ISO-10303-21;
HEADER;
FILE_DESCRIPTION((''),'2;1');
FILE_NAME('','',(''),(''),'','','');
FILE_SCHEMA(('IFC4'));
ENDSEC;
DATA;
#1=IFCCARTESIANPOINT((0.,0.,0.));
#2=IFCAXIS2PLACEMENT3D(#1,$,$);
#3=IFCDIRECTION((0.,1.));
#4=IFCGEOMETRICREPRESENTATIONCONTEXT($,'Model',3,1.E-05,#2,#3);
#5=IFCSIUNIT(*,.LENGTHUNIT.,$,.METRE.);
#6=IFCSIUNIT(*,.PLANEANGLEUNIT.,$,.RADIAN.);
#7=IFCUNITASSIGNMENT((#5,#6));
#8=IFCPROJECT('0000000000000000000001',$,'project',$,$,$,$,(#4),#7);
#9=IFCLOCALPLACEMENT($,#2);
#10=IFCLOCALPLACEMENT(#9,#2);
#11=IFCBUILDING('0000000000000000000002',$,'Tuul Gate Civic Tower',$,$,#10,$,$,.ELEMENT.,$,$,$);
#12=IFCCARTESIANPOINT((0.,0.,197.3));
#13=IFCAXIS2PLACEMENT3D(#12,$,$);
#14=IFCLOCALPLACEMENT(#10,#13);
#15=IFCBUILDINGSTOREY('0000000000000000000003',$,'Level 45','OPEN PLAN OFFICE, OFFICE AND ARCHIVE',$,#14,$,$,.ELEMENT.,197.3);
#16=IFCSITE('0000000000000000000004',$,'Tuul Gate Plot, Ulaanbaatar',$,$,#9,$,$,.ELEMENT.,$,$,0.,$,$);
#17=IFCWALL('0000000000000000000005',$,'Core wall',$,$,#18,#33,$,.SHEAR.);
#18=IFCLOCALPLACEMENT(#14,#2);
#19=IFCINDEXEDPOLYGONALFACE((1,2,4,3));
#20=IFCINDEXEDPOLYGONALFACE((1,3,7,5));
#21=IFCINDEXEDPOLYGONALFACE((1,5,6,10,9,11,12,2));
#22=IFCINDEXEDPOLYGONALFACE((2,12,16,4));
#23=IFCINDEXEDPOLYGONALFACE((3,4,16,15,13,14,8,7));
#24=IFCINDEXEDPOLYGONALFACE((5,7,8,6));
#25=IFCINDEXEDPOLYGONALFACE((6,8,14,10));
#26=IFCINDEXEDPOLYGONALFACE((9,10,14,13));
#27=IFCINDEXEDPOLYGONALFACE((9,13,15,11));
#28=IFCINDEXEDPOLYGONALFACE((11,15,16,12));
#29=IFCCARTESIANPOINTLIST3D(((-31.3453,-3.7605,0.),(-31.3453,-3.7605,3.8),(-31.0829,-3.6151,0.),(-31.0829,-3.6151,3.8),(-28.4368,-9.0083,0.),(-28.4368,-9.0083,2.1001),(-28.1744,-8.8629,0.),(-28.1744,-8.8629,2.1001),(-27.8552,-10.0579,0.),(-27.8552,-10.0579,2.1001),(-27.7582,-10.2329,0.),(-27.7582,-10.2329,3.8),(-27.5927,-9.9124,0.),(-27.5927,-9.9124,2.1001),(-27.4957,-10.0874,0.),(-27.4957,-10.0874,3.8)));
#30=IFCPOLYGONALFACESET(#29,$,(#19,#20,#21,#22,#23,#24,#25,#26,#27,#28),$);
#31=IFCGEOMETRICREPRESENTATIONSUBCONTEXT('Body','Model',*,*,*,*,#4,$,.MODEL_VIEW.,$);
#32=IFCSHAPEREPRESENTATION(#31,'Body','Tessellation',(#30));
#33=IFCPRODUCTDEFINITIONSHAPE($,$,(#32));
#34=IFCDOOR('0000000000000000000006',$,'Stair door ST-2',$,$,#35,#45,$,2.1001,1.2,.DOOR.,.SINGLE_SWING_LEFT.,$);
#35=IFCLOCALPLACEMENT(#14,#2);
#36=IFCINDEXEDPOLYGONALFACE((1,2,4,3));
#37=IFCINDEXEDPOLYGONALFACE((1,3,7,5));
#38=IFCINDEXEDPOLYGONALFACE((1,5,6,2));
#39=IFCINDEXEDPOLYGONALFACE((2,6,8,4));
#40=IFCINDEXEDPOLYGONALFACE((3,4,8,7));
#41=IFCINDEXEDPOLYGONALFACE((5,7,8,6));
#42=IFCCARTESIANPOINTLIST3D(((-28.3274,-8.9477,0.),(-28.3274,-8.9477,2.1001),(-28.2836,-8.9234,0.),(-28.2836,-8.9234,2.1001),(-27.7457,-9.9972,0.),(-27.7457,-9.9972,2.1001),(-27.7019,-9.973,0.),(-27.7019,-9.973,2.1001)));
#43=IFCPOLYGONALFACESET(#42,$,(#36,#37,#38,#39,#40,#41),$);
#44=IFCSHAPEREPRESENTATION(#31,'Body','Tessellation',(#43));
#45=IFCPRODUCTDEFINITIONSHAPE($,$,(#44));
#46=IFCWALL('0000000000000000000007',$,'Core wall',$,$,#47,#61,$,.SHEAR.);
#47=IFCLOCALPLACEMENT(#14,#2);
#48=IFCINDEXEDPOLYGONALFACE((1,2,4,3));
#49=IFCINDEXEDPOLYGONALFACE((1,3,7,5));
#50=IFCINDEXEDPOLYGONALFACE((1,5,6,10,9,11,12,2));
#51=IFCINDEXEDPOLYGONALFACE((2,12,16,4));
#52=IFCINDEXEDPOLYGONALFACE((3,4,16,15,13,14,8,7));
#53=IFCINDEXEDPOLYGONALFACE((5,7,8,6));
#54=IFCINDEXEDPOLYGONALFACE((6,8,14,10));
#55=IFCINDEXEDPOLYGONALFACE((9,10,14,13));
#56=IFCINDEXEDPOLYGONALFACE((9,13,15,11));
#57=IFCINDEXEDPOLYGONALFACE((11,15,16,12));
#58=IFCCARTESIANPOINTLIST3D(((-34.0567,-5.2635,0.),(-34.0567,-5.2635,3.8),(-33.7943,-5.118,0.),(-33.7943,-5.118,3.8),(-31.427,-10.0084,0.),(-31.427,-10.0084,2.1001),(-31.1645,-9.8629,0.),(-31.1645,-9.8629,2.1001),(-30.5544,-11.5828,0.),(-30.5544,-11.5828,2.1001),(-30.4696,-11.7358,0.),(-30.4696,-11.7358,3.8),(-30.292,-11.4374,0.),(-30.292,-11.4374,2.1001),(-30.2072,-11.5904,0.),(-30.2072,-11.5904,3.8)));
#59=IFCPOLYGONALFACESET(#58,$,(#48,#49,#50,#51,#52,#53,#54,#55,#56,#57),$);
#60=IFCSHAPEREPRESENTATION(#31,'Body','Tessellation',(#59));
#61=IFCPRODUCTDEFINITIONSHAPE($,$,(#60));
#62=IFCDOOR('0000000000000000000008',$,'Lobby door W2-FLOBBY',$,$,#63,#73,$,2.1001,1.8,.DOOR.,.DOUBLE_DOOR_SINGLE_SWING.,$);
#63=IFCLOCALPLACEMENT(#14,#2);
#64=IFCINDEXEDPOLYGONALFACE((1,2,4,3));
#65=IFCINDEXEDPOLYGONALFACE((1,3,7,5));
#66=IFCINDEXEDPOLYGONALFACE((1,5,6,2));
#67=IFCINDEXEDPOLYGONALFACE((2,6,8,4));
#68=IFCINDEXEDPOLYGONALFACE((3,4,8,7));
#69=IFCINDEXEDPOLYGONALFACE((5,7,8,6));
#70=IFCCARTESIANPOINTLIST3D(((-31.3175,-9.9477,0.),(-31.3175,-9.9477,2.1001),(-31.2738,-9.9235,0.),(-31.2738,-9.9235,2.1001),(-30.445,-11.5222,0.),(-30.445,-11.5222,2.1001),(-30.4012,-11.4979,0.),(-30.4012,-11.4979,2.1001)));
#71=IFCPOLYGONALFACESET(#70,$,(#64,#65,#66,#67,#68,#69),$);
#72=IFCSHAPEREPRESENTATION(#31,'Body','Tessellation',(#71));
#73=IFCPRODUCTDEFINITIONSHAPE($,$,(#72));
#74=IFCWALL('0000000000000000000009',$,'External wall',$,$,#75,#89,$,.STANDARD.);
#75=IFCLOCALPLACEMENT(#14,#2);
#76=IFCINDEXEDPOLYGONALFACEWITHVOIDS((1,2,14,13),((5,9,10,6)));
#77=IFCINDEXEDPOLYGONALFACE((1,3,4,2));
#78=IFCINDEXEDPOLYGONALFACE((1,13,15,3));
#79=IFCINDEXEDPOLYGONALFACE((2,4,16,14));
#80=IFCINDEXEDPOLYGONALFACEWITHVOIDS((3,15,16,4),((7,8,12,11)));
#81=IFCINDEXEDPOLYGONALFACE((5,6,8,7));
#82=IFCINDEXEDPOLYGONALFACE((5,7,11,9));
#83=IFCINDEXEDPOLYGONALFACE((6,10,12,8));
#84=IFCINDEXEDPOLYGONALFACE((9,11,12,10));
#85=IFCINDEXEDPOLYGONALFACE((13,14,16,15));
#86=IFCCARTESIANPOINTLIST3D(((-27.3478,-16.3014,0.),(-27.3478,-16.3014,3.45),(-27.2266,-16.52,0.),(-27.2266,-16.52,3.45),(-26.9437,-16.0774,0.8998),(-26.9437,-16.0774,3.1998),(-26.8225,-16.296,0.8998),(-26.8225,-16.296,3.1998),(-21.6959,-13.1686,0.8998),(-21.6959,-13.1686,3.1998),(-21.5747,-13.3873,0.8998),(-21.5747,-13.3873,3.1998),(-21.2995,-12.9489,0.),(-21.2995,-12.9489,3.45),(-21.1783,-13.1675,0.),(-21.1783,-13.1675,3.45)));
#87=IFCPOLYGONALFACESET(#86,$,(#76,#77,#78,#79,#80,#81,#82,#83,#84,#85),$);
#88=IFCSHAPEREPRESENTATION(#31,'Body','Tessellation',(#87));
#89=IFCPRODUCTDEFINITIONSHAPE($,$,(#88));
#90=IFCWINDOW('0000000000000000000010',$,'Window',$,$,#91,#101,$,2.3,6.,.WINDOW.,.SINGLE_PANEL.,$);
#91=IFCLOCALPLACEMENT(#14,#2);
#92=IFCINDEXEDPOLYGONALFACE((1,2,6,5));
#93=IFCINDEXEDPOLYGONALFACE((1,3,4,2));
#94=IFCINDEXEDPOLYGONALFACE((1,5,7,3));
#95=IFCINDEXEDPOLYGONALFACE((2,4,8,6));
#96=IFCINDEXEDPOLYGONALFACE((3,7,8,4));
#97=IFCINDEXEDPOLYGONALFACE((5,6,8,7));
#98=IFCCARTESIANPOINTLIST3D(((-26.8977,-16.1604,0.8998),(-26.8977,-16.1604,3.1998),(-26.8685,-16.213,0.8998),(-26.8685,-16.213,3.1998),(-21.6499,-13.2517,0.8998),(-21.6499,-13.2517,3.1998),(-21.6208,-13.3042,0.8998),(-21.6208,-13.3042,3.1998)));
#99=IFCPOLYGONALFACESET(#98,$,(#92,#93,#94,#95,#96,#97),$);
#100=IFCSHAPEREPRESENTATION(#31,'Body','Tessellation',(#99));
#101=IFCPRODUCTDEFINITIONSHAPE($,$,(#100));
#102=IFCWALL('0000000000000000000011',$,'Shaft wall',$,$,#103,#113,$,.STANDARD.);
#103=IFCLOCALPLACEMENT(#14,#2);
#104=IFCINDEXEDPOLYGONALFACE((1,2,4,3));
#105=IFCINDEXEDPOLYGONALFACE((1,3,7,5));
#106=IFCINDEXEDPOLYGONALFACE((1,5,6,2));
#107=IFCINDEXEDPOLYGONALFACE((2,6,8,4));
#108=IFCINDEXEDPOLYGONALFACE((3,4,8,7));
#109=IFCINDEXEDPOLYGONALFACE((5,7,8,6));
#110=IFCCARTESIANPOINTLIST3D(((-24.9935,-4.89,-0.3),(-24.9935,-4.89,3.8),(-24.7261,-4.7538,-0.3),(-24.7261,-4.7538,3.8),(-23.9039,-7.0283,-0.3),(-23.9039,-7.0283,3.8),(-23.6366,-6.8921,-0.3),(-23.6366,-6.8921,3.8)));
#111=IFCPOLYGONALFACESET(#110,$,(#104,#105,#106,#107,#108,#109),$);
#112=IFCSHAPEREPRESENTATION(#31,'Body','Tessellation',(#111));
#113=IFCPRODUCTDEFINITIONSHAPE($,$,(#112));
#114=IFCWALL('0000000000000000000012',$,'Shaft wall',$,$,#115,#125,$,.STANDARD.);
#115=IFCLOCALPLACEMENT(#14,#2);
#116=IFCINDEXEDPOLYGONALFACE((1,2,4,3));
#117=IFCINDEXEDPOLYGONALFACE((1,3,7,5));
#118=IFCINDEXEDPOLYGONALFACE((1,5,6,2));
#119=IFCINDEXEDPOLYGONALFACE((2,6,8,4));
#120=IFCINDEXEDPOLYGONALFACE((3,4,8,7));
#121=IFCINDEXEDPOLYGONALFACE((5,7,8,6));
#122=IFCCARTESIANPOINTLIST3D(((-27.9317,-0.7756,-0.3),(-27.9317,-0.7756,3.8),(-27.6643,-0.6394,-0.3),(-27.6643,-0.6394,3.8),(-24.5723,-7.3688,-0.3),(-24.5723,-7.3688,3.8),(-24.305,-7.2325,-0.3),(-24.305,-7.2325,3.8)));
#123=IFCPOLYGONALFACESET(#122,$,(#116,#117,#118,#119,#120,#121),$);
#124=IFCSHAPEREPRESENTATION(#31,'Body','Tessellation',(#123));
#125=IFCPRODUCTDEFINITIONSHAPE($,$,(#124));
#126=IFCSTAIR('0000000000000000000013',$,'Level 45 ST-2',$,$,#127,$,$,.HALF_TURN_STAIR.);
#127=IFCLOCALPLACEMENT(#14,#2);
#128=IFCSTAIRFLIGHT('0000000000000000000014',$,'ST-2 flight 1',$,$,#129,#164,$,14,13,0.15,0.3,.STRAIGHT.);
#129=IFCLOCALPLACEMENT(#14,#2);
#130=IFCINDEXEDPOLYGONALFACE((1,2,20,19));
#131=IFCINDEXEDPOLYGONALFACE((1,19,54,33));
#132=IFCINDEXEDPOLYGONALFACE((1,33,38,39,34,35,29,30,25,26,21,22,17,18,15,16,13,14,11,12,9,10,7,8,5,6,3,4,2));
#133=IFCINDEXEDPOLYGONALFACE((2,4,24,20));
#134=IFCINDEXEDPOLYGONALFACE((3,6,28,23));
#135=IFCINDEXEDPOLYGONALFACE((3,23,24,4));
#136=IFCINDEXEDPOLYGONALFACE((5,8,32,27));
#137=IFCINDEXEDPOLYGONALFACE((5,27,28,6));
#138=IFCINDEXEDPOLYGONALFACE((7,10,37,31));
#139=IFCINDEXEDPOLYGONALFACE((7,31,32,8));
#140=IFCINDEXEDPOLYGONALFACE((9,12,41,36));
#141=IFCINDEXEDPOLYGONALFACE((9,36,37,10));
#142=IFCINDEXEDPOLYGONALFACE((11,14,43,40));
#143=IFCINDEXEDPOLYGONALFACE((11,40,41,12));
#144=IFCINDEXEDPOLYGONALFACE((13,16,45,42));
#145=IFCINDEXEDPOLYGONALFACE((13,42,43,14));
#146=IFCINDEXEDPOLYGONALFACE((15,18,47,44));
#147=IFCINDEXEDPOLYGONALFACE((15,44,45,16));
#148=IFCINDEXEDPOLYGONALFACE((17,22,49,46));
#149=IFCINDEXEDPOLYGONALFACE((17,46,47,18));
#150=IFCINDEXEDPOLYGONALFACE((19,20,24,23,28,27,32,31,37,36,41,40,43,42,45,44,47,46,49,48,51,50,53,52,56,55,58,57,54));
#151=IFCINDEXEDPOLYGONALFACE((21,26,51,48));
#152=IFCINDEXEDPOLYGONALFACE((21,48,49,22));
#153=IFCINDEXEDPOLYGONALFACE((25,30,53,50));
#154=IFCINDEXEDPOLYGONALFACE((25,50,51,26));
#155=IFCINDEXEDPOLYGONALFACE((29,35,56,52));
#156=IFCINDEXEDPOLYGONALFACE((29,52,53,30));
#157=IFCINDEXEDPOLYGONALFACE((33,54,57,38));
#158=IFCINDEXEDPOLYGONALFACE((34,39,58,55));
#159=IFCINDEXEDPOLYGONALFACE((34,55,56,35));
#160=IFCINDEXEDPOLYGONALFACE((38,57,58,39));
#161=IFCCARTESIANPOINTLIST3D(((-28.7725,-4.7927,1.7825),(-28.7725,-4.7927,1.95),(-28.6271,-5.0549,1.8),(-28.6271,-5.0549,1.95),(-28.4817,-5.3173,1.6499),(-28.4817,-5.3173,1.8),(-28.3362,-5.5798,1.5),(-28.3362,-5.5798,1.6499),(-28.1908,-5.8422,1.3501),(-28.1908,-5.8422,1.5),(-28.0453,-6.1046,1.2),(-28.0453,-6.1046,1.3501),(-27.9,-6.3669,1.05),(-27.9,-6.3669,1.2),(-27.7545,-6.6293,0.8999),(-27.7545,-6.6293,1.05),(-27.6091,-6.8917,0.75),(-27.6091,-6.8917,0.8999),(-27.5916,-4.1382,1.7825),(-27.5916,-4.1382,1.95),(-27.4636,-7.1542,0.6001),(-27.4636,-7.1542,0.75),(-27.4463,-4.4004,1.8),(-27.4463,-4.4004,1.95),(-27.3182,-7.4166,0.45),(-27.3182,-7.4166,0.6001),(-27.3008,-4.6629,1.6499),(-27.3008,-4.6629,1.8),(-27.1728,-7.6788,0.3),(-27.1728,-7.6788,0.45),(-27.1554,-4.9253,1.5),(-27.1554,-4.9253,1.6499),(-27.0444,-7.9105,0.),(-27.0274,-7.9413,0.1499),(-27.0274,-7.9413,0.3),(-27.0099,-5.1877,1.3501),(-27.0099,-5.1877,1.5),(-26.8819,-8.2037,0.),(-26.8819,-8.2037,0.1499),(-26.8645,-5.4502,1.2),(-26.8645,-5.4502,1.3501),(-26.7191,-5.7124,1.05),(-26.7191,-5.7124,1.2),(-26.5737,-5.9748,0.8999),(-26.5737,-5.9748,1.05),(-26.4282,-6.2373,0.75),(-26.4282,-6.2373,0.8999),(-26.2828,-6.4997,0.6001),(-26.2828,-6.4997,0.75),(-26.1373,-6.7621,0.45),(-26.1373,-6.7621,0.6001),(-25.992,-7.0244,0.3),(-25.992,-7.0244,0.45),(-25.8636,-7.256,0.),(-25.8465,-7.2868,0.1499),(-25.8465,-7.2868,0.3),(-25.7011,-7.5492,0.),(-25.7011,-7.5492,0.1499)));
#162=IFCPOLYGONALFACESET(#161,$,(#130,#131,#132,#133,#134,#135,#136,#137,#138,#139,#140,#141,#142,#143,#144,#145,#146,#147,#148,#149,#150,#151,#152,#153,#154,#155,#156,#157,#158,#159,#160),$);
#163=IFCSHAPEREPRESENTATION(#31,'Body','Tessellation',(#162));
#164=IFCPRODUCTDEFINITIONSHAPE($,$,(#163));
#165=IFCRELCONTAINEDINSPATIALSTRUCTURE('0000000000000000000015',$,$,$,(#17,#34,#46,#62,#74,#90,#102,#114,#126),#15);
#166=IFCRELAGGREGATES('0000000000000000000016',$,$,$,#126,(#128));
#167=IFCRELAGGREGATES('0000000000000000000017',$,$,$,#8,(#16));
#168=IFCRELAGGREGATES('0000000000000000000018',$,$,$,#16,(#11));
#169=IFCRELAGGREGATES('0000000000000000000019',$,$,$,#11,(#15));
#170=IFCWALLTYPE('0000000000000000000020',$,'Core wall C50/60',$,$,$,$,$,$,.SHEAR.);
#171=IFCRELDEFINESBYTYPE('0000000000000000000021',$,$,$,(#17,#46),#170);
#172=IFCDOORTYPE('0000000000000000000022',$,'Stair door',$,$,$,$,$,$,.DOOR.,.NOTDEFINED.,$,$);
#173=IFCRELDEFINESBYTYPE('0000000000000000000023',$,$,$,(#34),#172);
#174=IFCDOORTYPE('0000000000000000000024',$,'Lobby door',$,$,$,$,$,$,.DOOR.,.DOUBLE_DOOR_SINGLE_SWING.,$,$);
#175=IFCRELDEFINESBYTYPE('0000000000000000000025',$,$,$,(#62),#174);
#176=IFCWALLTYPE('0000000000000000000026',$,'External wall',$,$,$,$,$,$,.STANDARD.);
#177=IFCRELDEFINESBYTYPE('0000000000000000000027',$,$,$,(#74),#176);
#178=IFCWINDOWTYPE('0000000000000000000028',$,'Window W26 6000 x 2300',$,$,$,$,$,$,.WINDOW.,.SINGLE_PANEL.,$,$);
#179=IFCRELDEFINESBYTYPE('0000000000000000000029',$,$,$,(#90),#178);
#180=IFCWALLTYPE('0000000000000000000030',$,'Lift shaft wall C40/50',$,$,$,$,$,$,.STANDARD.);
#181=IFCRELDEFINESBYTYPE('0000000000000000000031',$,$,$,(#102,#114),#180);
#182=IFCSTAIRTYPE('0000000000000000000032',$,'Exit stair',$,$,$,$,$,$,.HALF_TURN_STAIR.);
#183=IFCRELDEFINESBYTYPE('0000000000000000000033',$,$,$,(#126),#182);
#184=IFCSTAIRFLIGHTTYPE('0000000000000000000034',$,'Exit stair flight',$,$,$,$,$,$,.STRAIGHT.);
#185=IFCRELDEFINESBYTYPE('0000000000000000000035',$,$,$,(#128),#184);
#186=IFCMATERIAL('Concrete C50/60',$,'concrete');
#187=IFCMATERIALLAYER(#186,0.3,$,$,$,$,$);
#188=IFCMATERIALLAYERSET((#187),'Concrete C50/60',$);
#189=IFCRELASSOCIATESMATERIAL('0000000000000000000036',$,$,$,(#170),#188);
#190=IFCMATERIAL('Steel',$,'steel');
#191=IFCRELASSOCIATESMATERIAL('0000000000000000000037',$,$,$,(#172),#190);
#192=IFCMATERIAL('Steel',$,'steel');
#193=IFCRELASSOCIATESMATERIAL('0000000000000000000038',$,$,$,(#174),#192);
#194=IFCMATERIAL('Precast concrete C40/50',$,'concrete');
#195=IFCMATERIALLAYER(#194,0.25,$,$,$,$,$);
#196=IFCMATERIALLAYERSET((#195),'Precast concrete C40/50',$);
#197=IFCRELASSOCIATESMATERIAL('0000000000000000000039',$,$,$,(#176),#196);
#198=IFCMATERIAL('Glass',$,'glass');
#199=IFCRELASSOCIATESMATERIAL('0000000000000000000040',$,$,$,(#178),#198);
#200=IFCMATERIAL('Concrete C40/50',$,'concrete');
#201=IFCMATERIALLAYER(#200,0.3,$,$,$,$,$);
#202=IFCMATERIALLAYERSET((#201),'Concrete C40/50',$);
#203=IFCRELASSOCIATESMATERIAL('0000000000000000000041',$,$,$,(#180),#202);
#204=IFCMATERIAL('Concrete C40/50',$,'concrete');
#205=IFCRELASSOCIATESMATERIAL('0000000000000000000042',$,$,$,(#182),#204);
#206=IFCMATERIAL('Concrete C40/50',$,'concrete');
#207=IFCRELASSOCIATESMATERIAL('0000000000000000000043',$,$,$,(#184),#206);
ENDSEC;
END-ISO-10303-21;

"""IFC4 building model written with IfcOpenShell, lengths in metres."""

from ifc_helpers import new_model, si_unit, direction, frame, frame_2d, origin, place, context, subcontext, project, spatial, polyline, rectangle, outline, extrude, material, layer, layer_set, type_object, element, fill, aggregate, save


model = new_model("IFC4")

# Units and contexts
model_context = context("Model", 3, precision=1e-05, world=origin(), true_north=direction((0.0, 1.0)))
body_context = subcontext(model_context, "Body", "Model", "MODEL_VIEW")
ifc_project = project(units=[si_unit("LENGTHUNIT", "METRE"), si_unit("PLANEANGLEUNIT", "RADIAN")], contexts=[model_context])

# Site, building, storey
site_placement = place(None, origin())
site = spatial("IfcSite", under=ifc_project, at=site_placement, Name="Tuul Gate Plot, Ulaanbaatar", CompositionType="ELEMENT", RefElevation=0.0)
building_placement = place(site_placement, origin())
building = spatial("IfcBuilding", under=site, at=building_placement, Name="Tuul Gate Civic Tower", CompositionType="ELEMENT")
storey_placement = place(building_placement, frame((0.0, 0.0, 197.3)))
storey = spatial("IfcBuildingStorey", under=building, at=storey_placement, Name="Level 45", Description="OPEN PLAN OFFICE, OFFICE AND ARCHIVE", CompositionType="ELEMENT", Elevation=197.3)

# Shared definitions
ifc_material_1 = material(Name="Concrete C50/60", Category="concrete")
ifc_layer_1 = layer(ifc_material_1, 0.3)
ifc_layer_set_1 = layer_set([ifc_layer_1], Name="Concrete C50/60")
wall_type_1 = type_object("IfcWallType", Name="Core wall C50/60", PredefinedType="SHEAR", material=ifc_layer_set_1)

# Walls, openings, doors
wall_1_placement = place(storey_placement, frame((-27.627, -10.1602, 0.0), z_axis=(0.0, 0.0, 1.0), x_axis=(-0.484752, 0.874652, 0.0)))
wall_1 = element("IfcWall", 1, at=wall_1_placement, inside=storey, type_object=wall_type_1, Name="Core wall", PredefinedType="SHEAR", context=body_context, shape_type="SweptSolid", body=[
    extrude(rectangle(XDim=7.3999, YDim=0.3, at=frame_2d((3.7, 0.0))), origin(), (0.0, 0.0, 1.0), 3.8),
])
opening_1_placement = place(wall_1_placement, frame((0.2, 0.0, 0.0)))
opening_1 = element("IfcOpeningElement", 2, at=opening_1_placement, cuts=wall_1, PredefinedType="OPENING", context=body_context, shape_type="SweptSolid", body=[
    extrude(rectangle(XDim=1.2, YDim=2.1001, at=frame_2d((0.6001, 1.05))), frame((0.0, 0.1602, 0.0), z_axis=(0.0, -1.0, 0.0), x_axis=(1.0, 0.0, 0.0)), (0.0, 0.0, 1.0), 0.3201),
])
ifc_material_2 = material(Name="Steel", Category="steel")
door_type_1 = type_object("IfcDoorType", Name="Stair door", OperationType="NOTDEFINED", PredefinedType="DOOR", material=ifc_material_2)
door_1_placement = place(opening_1_placement, origin())
door_1 = element("IfcDoor", 3, at=door_1_placement, inside=storey, type_object=door_type_1, Name="Stair door ST-2", OperationType="SINGLE_SWING_LEFT", OverallHeight=2.1001, OverallWidth=1.2, PredefinedType="DOOR", context=body_context, shape_type="SweptSolid", body=[
    extrude(rectangle(XDim=1.2, YDim=2.1001, at=frame_2d((0.6001, 1.05))), frame((0.0, 0.0249, 0.0), z_axis=(0.0, -1.0, 0.0), x_axis=(1.0, 0.0, 0.0)), (0.0, 0.0, 1.0), 0.05),
])
fill(opening_1, door_1)
wall_2_placement = place(storey_placement, frame((-30.3384, -11.6631, 0.0), z_axis=(0.0, 0.0, 1.0), x_axis=(-0.484752, 0.874652, 0.0)))
wall_2 = element("IfcWall", 4, at=wall_2_placement, inside=storey, type_object=wall_type_1, Name="Core wall", PredefinedType="SHEAR", context=body_context, shape_type="SweptSolid", body=[
    extrude(rectangle(XDim=7.3999, YDim=0.3, at=frame_2d((3.7, 0.0))), origin(), (0.0, 0.0, 1.0), 3.8),
])
opening_2_placement = place(wall_2_placement, frame((0.175, 0.0, 0.0)))
opening_2 = element("IfcOpeningElement", 5, at=opening_2_placement, cuts=wall_2, PredefinedType="OPENING", context=body_context, shape_type="SweptSolid", body=[
    extrude(rectangle(XDim=1.8, YDim=2.1001, at=frame_2d((0.8999, 1.05))), frame((0.0, 0.1602, 0.0), z_axis=(0.0, -1.0, 0.0), x_axis=(1.0, 0.0, 0.0)), (0.0, 0.0, 1.0), 0.3201),
])
ifc_material_3 = material(Name="Steel", Category="steel")
door_type_2 = type_object("IfcDoorType", Name="Lobby door", OperationType="DOUBLE_DOOR_SINGLE_SWING", PredefinedType="DOOR", material=ifc_material_3)
door_2_placement = place(opening_2_placement, origin())
door_2 = element("IfcDoor", 6, at=door_2_placement, inside=storey, type_object=door_type_2, Name="Lobby door W2-FLOBBY", OperationType="DOUBLE_DOOR_SINGLE_SWING", OverallHeight=2.1001, OverallWidth=1.8, PredefinedType="DOOR", context=body_context, shape_type="SweptSolid", body=[
    extrude(rectangle(XDim=1.8, YDim=2.1001, at=frame_2d((0.8999, 1.05))), frame((0.0, 0.0249, 0.0), z_axis=(0.0, -1.0, 0.0), x_axis=(1.0, 0.0, 0.0)), (0.0, 0.0, 1.0), 0.05),
])
fill(opening_2, door_2)

# Wall, opening, window
ifc_material_4 = material(Name="Precast concrete C40/50", Category="concrete")
ifc_layer_2 = layer(ifc_material_4, 0.25)
ifc_layer_set_2 = layer_set([ifc_layer_2], Name="Precast concrete C40/50")
wall_type_2 = type_object("IfcWallType", Name="External wall", PredefinedType="STANDARD", material=ifc_layer_set_2)
wall_3_placement = place(storey_placement, frame((-27.2871, -16.4106, 0.0), z_axis=(0.0, 0.0, 1.0), x_axis=(0.874626, 0.484797, 0.0)))
wall_3 = element("IfcWall", 7, at=wall_3_placement, inside=storey, type_object=wall_type_2, Name="External wall", PredefinedType="STANDARD", context=body_context, shape_type="SweptSolid", body=[
    extrude(rectangle(XDim=6.9153, YDim=0.25, at=frame_2d((3.4575, 0.0))), origin(), (0.0, 0.0, 1.0), 3.45),
])
opening_3_placement = place(wall_3_placement, frame((0.4619, 0.0, 0.8999)))
opening_3 = element("IfcOpeningElement", 8, at=opening_3_placement, cuts=wall_3, PredefinedType="OPENING", context=body_context, shape_type="SweptSolid", body=[
    extrude(rectangle(XDim=6.0, YDim=2.3, at=frame_2d((3.0, 1.1499))), frame((0.0, 0.135, 0.0), z_axis=(0.0, -1.0, 0.0), x_axis=(1.0, 0.0, 0.0)), (0.0, 0.0, 1.0), 0.27),
])
ifc_material_5 = material(Name="Glass", Category="glass")
window_type = type_object("IfcWindowType", Name="Window W26 6000 x 2300", PartitioningType="SINGLE_PANEL", PredefinedType="WINDOW", material=ifc_material_5)
window_placement = place(opening_3_placement, origin())
window = element("IfcWindow", 9, at=window_placement, inside=storey, type_object=window_type, Name="Window", OverallHeight=2.3, OverallWidth=6.0, PartitioningType="SINGLE_PANEL", PredefinedType="WINDOW", context=body_context, shape_type="SweptSolid", body=[
    extrude(rectangle(XDim=6.0, YDim=2.3, at=frame_2d((3.0, 1.1499))), frame((0.0, 0.03, 0.0), z_axis=(0.0, -1.0, 0.0), x_axis=(1.0, 0.0, 0.0)), (0.0, 0.0, 1.0), 0.0601),
])
fill(opening_3, window)

# Walls
ifc_material_6 = material(Name="Concrete C40/50", Category="concrete")
ifc_layer_3 = layer(ifc_material_6, 0.3)
ifc_layer_set_3 = layer_set([ifc_layer_3], Name="Concrete C40/50")
wall_type_3 = type_object("IfcWallType", Name="Lift shaft wall C40/50", PredefinedType="STANDARD", material=ifc_layer_set_3)
wall_4_placement = place(storey_placement, frame((-23.7703, -6.9602, -0.3), z_axis=(0.0, 0.0, 1.0), x_axis=(-0.453996, 0.891004, 0.0)))
element("IfcWall", 10, at=wall_4_placement, inside=storey, type_object=wall_type_3, Name="Shaft wall", PredefinedType="STANDARD", context=body_context, shape_type="SweptSolid", body=[
    extrude(rectangle(XDim=2.3999, YDim=0.3, at=frame_2d((1.2, 0.0))), origin(), (0.0, 0.0, 1.0), 4.1001),
])
wall_5_placement = place(storey_placement, frame((-24.4387, -7.3005, -0.3), z_axis=(0.0, 0.0, 1.0), x_axis=(-0.453984, 0.89101, 0.0)))
element("IfcWall", 11, at=wall_5_placement, inside=storey, type_object=wall_type_3, Name="Shaft wall", PredefinedType="STANDARD", context=body_context, shape_type="SweptSolid", body=[
    extrude(rectangle(XDim=7.3997, YDim=0.3, at=frame_2d((3.6997, 0.0))), origin(), (0.0, 0.0, 1.0), 4.1001),
])

# Stair, stair flight
ifc_material_7 = material(Name="Concrete C40/50", Category="concrete")
stair_type = type_object("IfcStairType", Name="Exit stair", PredefinedType="HALF_TURN_STAIR", material=ifc_material_7)
stair_placement = place(storey_placement, origin())
stair = element("IfcStair", 12, at=stair_placement, inside=storey, type_object=stair_type, Name="Level 45 ST-2", PredefinedType="HALF_TURN_STAIR")
ifc_material_8 = material(Name="Concrete C40/50", Category="concrete")
stair_flight_type = type_object("IfcStairFlightType", Name="Exit stair flight", PredefinedType="STRAIGHT", material=ifc_material_8)
stair_flight_placement = place(storey_placement, frame((-26.2915, -7.8765, 0.0), z_axis=(0.0, 0.0, 1.0), x_axis=(-0.484762, 0.874646, 0.0)))
stair_flight = element("IfcStairFlight", 13, at=stair_flight_placement, type_object=stair_flight_type, Name="ST-2 flight 1", NumberOfRisers=14, NumberOfTreads=13, PredefinedType="STRAIGHT", RiserHeight=0.15, TreadLength=0.3, context=body_context, shape_type="SweptSolid", body=[
    extrude(outline(polyline([(0.0, 0.0), (0.0, 0.1499), (0.3, 0.1499), (0.3, 0.3), (0.6001, 0.3), (0.6001, 0.45), (0.8999, 0.45), (0.8999, 0.6001), (1.2, 0.6001), (1.2, 0.75), (1.5, 0.75), (1.5, 0.8999), (1.8, 0.8999), (1.8, 1.05), (2.1001, 1.05), (2.1001, 1.2), (2.3999, 1.2), (2.3999, 1.3501), (2.7, 1.3501), (2.7, 1.5), (3.0, 1.5), (3.0, 1.6499), (3.3, 1.6499), (3.3, 1.8), (3.6001, 1.8), (3.6001, 1.95), (3.8999, 1.95), (3.8999, 2.1001), (3.8999, 1.7825), (0.3352, 0.0), (0.0, 0.0)])), frame((0.0, 0.675, 0.0), z_axis=(0.0, -1.0, 0.0), x_axis=(1.0, 0.0, 0.0)), (0.0, 0.0, 1.0), 1.3501),
])
aggregate(stair, [stair_flight])

save(model, "model.ifc")
